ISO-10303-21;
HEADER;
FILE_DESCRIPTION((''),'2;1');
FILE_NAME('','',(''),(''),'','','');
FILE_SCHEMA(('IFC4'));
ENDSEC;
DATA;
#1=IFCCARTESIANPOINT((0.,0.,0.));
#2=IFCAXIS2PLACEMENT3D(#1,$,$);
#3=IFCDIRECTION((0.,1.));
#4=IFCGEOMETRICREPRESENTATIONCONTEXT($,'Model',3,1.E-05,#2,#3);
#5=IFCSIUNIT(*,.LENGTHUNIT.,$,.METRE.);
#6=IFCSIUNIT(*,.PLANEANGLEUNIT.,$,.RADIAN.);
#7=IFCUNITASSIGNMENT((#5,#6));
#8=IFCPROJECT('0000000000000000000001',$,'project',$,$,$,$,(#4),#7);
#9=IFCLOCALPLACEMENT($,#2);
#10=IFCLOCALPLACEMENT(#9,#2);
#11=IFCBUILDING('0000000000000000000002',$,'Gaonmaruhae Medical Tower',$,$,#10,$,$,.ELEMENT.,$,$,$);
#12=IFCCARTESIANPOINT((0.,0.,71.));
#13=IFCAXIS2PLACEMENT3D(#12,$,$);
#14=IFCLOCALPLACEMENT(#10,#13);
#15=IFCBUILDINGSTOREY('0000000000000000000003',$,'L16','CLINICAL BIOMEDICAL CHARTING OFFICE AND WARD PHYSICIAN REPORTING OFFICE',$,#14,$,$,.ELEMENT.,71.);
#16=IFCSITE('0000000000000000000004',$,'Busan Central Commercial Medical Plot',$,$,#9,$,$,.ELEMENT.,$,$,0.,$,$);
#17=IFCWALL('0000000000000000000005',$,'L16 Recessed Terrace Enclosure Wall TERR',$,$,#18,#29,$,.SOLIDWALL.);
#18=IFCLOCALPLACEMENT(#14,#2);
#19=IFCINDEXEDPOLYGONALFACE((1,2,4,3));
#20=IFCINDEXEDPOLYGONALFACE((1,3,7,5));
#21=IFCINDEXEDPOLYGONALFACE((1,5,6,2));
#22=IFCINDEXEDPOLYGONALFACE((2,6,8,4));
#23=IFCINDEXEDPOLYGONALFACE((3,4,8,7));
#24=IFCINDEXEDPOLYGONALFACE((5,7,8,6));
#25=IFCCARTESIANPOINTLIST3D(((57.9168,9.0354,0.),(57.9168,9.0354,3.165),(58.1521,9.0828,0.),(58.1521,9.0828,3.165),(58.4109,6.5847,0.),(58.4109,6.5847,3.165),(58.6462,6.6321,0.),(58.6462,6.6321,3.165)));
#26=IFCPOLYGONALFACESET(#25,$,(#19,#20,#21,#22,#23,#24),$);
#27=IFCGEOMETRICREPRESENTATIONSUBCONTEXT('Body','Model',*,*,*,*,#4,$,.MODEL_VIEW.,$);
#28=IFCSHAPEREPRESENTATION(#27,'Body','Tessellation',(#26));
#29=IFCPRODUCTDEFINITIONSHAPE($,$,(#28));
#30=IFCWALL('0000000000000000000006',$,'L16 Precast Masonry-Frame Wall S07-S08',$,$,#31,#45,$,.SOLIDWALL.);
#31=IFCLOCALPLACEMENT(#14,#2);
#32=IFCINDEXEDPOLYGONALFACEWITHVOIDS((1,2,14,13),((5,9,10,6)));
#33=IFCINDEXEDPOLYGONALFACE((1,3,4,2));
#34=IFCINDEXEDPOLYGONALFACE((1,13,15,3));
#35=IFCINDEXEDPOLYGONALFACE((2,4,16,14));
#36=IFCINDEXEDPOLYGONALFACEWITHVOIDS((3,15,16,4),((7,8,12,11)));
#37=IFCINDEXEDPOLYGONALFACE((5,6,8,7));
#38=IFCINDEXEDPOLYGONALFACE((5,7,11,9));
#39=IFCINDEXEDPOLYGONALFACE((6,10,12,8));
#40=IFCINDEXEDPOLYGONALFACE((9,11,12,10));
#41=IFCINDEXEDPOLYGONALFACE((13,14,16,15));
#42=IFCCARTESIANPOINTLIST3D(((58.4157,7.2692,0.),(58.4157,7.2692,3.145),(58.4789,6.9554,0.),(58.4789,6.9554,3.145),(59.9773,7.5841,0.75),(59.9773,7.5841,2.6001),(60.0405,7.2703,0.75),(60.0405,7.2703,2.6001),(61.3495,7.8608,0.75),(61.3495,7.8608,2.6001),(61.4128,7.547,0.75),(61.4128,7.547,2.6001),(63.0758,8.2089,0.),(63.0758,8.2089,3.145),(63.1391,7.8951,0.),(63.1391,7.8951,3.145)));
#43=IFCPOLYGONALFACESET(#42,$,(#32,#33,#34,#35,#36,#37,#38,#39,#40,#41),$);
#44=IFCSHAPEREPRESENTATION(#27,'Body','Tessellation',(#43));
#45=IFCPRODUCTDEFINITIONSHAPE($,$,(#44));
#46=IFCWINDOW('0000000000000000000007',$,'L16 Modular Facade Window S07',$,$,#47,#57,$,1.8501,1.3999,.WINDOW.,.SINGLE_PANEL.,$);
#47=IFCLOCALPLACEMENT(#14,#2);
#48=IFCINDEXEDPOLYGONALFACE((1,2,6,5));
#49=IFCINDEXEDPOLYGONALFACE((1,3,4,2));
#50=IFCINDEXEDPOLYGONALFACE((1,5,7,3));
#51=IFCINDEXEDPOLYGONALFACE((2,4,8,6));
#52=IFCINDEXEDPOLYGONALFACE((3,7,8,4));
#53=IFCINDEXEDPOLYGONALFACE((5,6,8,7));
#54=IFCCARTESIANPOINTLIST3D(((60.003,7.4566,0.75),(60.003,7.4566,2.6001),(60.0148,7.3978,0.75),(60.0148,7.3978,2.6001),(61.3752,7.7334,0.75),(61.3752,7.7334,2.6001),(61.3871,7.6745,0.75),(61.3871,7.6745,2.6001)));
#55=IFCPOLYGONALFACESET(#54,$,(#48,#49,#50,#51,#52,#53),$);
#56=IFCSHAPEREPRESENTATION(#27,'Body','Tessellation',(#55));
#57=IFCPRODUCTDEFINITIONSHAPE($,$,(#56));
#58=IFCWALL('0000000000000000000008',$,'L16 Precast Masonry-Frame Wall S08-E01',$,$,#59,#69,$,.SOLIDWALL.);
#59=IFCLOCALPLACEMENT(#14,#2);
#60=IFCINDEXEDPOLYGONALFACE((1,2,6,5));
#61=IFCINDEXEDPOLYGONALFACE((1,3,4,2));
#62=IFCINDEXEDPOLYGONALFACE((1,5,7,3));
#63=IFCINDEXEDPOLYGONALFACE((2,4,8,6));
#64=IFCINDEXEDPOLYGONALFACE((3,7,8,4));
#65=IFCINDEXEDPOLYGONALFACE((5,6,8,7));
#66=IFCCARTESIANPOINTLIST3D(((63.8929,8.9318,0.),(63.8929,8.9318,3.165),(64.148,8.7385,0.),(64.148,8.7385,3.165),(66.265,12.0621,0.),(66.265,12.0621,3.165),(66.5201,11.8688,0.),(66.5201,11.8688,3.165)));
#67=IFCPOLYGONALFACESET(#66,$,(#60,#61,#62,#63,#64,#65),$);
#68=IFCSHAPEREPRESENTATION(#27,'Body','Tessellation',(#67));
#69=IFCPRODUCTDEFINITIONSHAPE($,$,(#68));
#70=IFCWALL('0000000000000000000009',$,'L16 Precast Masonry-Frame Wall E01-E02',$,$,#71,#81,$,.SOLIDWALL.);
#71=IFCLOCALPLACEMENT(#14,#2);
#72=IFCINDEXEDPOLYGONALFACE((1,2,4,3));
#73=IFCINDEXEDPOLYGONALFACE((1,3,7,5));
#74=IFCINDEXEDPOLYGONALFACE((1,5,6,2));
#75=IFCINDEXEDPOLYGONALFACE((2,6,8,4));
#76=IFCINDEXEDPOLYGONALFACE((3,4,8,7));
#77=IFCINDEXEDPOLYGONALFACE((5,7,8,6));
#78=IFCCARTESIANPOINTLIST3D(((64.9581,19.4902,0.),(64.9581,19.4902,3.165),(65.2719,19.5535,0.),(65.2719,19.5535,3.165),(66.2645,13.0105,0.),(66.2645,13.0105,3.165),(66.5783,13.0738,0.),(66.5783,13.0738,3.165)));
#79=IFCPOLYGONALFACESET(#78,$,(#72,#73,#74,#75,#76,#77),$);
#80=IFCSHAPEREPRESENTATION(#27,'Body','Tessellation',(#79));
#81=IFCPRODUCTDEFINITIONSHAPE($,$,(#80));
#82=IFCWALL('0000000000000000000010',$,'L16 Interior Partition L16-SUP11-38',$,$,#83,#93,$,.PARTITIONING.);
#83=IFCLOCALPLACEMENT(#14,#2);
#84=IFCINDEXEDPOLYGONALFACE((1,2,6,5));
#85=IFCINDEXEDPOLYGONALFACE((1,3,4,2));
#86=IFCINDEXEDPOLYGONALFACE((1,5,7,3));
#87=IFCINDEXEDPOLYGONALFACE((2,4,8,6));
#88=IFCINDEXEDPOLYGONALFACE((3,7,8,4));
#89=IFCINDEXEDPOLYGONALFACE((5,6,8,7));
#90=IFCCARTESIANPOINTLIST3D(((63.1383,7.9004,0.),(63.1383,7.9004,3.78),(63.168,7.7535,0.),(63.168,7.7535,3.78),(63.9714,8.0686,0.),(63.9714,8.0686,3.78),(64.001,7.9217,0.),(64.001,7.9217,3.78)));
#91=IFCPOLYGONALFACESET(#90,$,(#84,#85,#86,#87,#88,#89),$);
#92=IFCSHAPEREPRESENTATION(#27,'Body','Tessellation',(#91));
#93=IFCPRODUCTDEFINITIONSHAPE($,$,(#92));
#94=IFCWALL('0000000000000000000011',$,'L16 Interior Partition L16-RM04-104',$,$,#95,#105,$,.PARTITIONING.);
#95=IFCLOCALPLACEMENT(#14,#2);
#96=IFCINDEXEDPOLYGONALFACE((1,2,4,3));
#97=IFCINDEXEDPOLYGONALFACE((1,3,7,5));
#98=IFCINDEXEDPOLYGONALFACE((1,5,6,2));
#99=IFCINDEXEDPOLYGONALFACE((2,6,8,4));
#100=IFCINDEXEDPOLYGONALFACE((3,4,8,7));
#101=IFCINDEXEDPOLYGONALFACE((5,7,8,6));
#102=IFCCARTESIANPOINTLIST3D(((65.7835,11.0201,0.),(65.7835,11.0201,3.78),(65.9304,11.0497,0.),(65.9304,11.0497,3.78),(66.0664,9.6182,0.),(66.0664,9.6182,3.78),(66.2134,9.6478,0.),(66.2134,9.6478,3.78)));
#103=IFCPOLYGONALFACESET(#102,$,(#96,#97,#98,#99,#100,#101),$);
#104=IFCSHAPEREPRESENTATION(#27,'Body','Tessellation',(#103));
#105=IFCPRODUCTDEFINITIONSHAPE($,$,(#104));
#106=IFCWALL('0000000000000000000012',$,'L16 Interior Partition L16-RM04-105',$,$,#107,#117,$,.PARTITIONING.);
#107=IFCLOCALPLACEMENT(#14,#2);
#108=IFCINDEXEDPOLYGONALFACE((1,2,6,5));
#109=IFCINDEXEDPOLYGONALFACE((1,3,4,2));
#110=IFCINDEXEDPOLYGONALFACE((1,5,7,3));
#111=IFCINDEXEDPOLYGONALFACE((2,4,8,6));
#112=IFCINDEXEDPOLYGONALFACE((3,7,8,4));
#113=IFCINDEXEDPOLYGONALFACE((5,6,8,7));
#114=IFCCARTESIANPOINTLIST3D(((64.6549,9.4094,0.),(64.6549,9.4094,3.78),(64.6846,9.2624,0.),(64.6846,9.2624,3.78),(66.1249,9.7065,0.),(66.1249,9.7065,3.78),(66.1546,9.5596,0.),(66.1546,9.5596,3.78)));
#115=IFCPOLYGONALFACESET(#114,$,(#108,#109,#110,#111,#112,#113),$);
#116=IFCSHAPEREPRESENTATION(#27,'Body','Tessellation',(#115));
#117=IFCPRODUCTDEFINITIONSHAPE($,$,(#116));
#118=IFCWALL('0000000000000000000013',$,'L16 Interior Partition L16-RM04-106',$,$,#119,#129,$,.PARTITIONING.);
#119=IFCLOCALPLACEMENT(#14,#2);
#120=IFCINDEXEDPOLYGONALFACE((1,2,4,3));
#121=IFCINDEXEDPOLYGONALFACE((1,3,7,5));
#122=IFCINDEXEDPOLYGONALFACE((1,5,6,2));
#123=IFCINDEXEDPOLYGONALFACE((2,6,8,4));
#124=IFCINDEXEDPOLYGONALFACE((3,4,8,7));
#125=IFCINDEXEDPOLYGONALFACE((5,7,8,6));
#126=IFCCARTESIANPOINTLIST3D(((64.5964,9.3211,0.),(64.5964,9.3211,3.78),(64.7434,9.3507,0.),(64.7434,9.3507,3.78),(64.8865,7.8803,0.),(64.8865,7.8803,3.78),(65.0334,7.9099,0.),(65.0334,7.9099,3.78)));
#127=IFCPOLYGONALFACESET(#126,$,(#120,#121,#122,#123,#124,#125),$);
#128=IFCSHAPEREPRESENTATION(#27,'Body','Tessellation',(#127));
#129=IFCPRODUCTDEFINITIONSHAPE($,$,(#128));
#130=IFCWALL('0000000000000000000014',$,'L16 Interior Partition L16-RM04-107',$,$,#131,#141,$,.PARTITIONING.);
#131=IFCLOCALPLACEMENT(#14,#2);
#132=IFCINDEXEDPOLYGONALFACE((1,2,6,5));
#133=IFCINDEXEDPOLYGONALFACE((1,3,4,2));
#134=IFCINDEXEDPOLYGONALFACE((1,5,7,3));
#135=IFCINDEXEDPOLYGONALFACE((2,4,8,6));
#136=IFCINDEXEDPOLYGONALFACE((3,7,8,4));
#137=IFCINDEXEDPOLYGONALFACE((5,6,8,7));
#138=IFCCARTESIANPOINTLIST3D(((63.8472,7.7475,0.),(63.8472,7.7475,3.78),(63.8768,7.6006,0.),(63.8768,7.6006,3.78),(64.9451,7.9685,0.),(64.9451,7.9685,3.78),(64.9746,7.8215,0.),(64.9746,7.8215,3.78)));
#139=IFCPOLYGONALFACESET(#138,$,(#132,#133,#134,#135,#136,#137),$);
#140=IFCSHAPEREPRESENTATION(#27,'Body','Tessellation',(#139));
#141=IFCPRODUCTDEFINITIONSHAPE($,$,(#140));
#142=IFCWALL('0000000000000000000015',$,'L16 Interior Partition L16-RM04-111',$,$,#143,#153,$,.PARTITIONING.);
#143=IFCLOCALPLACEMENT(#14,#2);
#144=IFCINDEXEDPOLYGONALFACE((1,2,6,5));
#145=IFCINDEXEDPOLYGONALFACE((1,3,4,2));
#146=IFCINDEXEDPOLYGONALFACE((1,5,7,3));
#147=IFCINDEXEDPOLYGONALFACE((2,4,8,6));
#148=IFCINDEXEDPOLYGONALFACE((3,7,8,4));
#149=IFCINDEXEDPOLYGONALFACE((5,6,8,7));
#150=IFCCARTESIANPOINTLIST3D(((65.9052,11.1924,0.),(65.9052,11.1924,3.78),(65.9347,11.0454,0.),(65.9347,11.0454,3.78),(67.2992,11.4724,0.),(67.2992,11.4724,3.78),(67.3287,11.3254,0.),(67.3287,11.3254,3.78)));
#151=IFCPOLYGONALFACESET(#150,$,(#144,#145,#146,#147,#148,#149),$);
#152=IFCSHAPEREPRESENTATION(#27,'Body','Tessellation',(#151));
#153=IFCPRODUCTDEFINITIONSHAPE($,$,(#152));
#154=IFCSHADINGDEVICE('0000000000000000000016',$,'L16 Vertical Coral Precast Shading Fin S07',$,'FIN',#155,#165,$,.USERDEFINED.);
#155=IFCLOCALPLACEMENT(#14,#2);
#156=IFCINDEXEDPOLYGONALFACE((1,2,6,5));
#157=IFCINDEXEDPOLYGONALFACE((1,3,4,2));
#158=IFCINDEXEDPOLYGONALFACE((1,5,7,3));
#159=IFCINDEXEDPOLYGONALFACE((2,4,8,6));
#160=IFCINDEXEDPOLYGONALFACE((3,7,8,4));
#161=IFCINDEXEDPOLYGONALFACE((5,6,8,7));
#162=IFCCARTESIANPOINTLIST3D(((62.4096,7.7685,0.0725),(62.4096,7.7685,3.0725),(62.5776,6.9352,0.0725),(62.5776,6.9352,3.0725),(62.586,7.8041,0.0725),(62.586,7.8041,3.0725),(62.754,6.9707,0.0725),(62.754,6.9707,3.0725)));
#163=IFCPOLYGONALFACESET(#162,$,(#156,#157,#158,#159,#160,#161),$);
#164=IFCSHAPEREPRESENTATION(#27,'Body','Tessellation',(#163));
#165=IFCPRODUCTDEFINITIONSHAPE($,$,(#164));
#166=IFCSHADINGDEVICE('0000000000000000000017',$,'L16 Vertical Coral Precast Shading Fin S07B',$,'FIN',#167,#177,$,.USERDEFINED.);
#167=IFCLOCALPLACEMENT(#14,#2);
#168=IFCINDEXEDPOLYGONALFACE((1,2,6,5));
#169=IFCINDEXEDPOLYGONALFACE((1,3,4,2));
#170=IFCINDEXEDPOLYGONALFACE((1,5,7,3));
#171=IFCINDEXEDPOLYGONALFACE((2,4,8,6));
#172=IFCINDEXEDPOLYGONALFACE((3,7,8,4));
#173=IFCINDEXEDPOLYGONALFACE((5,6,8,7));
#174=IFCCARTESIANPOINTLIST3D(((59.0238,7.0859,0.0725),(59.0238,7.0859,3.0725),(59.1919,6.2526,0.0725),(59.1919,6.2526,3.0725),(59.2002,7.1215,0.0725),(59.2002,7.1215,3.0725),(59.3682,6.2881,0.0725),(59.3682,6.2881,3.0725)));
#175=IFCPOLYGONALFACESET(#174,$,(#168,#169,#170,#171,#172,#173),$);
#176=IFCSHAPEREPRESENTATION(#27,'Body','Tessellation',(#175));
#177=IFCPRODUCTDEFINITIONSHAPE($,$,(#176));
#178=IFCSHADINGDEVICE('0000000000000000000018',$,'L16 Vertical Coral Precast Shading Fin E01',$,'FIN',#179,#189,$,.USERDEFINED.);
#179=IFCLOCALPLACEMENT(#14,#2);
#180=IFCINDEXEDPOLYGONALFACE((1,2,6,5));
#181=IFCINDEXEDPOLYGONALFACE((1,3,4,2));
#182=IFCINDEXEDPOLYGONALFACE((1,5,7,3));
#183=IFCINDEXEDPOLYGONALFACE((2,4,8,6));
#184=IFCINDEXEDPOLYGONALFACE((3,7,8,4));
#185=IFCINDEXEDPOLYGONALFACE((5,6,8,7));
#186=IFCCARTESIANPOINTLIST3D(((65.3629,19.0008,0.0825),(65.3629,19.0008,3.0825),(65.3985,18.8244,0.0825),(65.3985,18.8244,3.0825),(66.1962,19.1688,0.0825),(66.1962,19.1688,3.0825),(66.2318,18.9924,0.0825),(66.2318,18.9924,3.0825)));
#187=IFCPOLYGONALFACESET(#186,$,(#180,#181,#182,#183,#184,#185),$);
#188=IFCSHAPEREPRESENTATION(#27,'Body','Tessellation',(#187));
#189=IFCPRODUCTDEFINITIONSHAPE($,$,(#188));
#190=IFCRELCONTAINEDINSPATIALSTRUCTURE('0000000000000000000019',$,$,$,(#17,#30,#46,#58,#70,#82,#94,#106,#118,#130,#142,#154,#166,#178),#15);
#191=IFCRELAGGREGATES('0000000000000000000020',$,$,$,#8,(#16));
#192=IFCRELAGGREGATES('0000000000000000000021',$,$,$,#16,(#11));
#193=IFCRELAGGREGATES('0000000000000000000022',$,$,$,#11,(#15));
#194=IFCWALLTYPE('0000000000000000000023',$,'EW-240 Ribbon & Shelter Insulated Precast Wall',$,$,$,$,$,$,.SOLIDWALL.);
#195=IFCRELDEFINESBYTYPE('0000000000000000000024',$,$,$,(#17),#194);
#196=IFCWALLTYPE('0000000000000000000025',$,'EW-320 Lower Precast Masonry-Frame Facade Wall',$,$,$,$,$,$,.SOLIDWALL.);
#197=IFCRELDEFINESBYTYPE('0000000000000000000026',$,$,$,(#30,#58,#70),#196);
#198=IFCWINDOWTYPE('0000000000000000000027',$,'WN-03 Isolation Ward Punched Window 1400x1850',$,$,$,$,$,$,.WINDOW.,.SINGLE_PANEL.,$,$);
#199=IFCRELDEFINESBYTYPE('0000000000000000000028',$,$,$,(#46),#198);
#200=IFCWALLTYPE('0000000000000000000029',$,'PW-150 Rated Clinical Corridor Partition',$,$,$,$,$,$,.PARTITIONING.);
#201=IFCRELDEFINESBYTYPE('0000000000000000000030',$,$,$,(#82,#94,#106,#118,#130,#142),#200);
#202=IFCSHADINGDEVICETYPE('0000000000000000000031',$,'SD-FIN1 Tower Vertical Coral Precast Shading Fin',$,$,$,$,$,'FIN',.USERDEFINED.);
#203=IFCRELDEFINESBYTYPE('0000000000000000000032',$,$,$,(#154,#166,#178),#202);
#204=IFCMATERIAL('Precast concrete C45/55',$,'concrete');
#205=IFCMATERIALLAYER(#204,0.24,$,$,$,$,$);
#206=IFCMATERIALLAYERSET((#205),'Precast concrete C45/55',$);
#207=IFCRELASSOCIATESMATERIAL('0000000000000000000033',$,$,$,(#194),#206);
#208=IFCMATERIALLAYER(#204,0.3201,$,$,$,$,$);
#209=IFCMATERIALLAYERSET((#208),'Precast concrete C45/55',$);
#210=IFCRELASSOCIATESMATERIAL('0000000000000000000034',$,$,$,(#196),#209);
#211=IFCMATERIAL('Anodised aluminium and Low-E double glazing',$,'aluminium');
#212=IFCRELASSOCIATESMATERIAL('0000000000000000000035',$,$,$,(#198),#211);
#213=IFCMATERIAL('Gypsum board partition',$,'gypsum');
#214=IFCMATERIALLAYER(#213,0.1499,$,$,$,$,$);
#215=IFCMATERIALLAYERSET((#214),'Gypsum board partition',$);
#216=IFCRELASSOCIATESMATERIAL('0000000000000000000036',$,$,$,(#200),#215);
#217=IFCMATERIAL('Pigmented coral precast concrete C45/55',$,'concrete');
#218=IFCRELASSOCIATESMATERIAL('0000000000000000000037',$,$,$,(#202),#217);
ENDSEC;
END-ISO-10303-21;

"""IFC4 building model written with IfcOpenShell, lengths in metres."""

from ifc_helpers import new_model, si_unit, direction, frame, frame_2d, origin, origin_2d, place, context, subcontext, project, spatial, rectangle, extrude, material, layer, layer_set, type_object, element, fill, save


model = new_model("IFC4")

# Units and contexts
model_context = context("Model", 3, precision=1e-05, world=origin(), true_north=direction((0.0, 1.0)))
body_context = subcontext(model_context, "Body", "Model", "MODEL_VIEW")
ifc_project = project(units=[si_unit("LENGTHUNIT", "METRE"), si_unit("PLANEANGLEUNIT", "RADIAN")], contexts=[model_context])

# Site, building, storey
site_placement = place(None, origin())
site = spatial("IfcSite", under=ifc_project, at=site_placement, Name="Busan Central Commercial Medical Plot", CompositionType="ELEMENT", RefElevation=0.0)
building_placement = place(site_placement, origin())
building = spatial("IfcBuilding", under=site, at=building_placement, Name="Gaonmaruhae Medical Tower", CompositionType="ELEMENT")
storey_placement = place(building_placement, frame((0.0, 0.0, 71.0)))
storey = spatial("IfcBuildingStorey", under=building, at=storey_placement, Name="L16", Description="CLINICAL BIOMEDICAL CHARTING OFFICE AND WARD PHYSICIAN REPORTING OFFICE", CompositionType="ELEMENT", Elevation=71.0)

# Shared definitions
ifc_material_1 = material(Name="Precast concrete C45/55", Category="concrete")
ifc_layer_1 = layer(ifc_material_1, 0.24)
ifc_layer_set_1 = layer_set([ifc_layer_1], Name="Precast concrete C45/55")
wall_type_1 = type_object("IfcWallType", Name="EW-240 Ribbon & Shelter Insulated Precast Wall", PredefinedType="SOLIDWALL", material=ifc_layer_set_1)

# Wall
wall_1_placement = place(storey_placement, frame((58.5286, 6.6084, 0.0), z_axis=(0.0, 0.0, 1.0), x_axis=(-0.197656, 0.980271, 0.0)))
element("IfcWall", 1, at=wall_1_placement, inside=storey, type_object=wall_type_1, Name="L16 Recessed Terrace Enclosure Wall TERR", PredefinedType="SOLIDWALL", context=body_context, shape_type="SweptSolid", body=[
    extrude(rectangle(XDim=2.5, YDim=0.24, at=frame_2d((1.25, 0.0))), origin(), (0.0, 0.0, 1.0), 3.165),
])

# Wall, opening, window
ifc_layer_2 = layer(ifc_material_1, 0.3201)
ifc_layer_set_2 = layer_set([ifc_layer_2], Name="Precast concrete C45/55")
wall_type_2 = type_object("IfcWallType", Name="EW-320 Lower Precast Masonry-Frame Facade Wall", PredefinedType="SOLIDWALL", material=ifc_layer_set_2)
wall_2_placement = place(storey_placement, frame((63.1074, 8.052, 0.0), z_axis=(0.0, 0.0, 1.0), x_axis=(-0.980269, -0.197666, 0.0)))
wall_2 = element("IfcWall", 2, at=wall_2_placement, inside=storey, type_object=wall_type_2, Name="L16 Precast Masonry-Frame Wall S07-S08", PredefinedType="SOLIDWALL", context=body_context, shape_type="SweptSolid", body=[
    extrude(rectangle(XDim=4.7539, YDim=0.3201, at=frame_2d((2.377, 0.0))), origin(), (0.0, 0.0, 1.0), 3.145),
])
opening_1_placement = place(wall_2_placement, frame((1.761, 0.0, 0.75)))
opening_1 = element("IfcOpeningElement", 3, at=opening_1_placement, cuts=wall_2, PredefinedType="OPENING", context=body_context, shape_type="SweptSolid", body=[
    extrude(rectangle(XDim=1.3999, YDim=1.8501, at=frame_2d((0.7, 0.925))), frame((0.0, 0.1699, 0.0), z_axis=(0.0, -1.0, 0.0), x_axis=(1.0, 0.0, 0.0)), (0.0, 0.0, 1.0), 0.3401),
])
ifc_material_2 = material(Name="Anodised aluminium and Low-E double glazing", Category="aluminium")
window_type = type_object("IfcWindowType", Name="WN-03 Isolation Ward Punched Window 1400x1850", PartitioningType="SINGLE_PANEL", PredefinedType="WINDOW", material=ifc_material_2)
window_placement = place(opening_1_placement, origin())
window = element("IfcWindow", 4, at=window_placement, inside=storey, type_object=window_type, Name="L16 Modular Facade Window S07", OverallHeight=1.8501, OverallWidth=1.3999, PartitioningType="SINGLE_PANEL", PredefinedType="WINDOW", context=body_context, shape_type="SweptSolid", body=[
    extrude(rectangle(XDim=1.3999, YDim=1.8501, at=frame_2d((0.7, 0.925))), frame((0.0, 0.03, 0.0), z_axis=(0.0, -1.0, 0.0), x_axis=(1.0, 0.0, 0.0)), (0.0, 0.0, 1.0), 0.0601),
])
fill(opening_1, window)

# Walls
wall_3_placement = place(storey_placement, frame((66.3926, 11.9656, 0.0), z_axis=(0.0, 0.0, 1.0), x_axis=(-0.603951, -0.797021, 0.0)))
element("IfcWall", 5, at=wall_3_placement, inside=storey, type_object=wall_type_2, Name="L16 Precast Masonry-Frame Wall S08-E01", PredefinedType="SOLIDWALL", context=body_context, shape_type="SweptSolid", body=[
    extrude(rectangle(XDim=3.9275, YDim=0.3201, at=frame_2d((1.9639, 0.0))), origin(), (0.0, 0.0, 1.0), 3.165),
])
wall_4_placement = place(storey_placement, frame((65.115, 19.522, 0.0), z_axis=(0.0, 0.0, 1.0), x_axis=(0.197636, -0.980275, 0.0)))
element("IfcWall", 6, at=wall_4_placement, inside=storey, type_object=wall_type_2, Name="L16 Precast Masonry-Frame Wall E01-E02", PredefinedType="SOLIDWALL", context=body_context, shape_type="SweptSolid", body=[
    extrude(rectangle(XDim=6.6101, YDim=0.3201, at=frame_2d((3.3052, 0.0))), origin(), (0.0, 0.0, 1.0), 3.165),
])
ifc_material_3 = material(Name="Gypsum board partition", Category="gypsum")
ifc_layer_3 = layer(ifc_material_3, 0.1499)
ifc_layer_set_3 = layer_set([ifc_layer_3], Name="Gypsum board partition")
wall_type_3 = type_object("IfcWallType", Name="PW-150 Rated Clinical Corridor Partition", PredefinedType="PARTITIONING", material=ifc_layer_set_3)
wall_5_placement = place(storey_placement, frame((63.9861, 7.9951, 0.0), z_axis=(0.0, 0.0, 1.0), x_axis=(-0.980214, -0.197939, 0.0)))
element("IfcWall", 7, at=wall_5_placement, inside=storey, type_object=wall_type_3, Name="L16 Interior Partition L16-SUP11-38", PredefinedType="PARTITIONING", context=body_context, shape_type="SweptSolid", body=[
    extrude(rectangle(XDim=0.8499, YDim=0.1499, at=frame_2d((0.4248, 0.0))), origin(), (0.0, 0.0, 1.0), 3.78),
])
wall_6_placement = place(storey_placement, frame((65.8569, 11.0349, 0.0), z_axis=(0.0, 0.0, 1.0), x_axis=(0.197856, -0.980231, 0.0)))
element("IfcWall", 8, at=wall_6_placement, inside=storey, type_object=wall_type_3, Name="L16 Interior Partition L16-RM04-104", PredefinedType="PARTITIONING", context=body_context, shape_type="SweptSolid", body=[
    extrude(rectangle(XDim=1.4302, YDim=0.1499, at=frame_2d((0.7151, 0.0))), origin(), (0.0, 0.0, 1.0), 3.78),
])
wall_7_placement = place(storey_placement, frame((66.1399, 9.6331, 0.0), z_axis=(0.0, 0.0, 1.0), x_axis=(-0.980178, -0.198119, 0.0)))
element("IfcWall", 9, at=wall_7_placement, inside=storey, type_object=wall_type_3, Name="L16 Interior Partition L16-RM04-105", PredefinedType="PARTITIONING", context=body_context, shape_type="SweptSolid", body=[
    extrude(rectangle(XDim=1.4998, YDim=0.1499, at=frame_2d((0.75, 0.0))), origin(), (0.0, 0.0, 1.0), 3.78),
])
wall_8_placement = place(storey_placement, frame((64.6699, 9.3359, 0.0), z_axis=(0.0, 0.0, 1.0), x_axis=(0.19733, -0.980337, 0.0)))
element("IfcWall", 10, at=wall_8_placement, inside=storey, type_object=wall_type_3, Name="L16 Interior Partition L16-RM04-106", PredefinedType="PARTITIONING", context=body_context, shape_type="SweptSolid", body=[
    extrude(rectangle(XDim=1.4697, YDim=0.1499, at=frame_2d((0.7349, 0.0))), origin(), (0.0, 0.0, 1.0), 3.78),
])
wall_9_placement = place(storey_placement, frame((64.96, 7.895, 0.0), z_axis=(0.0, 0.0, 1.0), x_axis=(-0.980345, -0.19729, 0.0)))
element("IfcWall", 11, at=wall_9_placement, inside=storey, type_object=wall_type_3, Name="L16 Interior Partition L16-RM04-107", PredefinedType="PARTITIONING", context=body_context, shape_type="SweptSolid", body=[
    extrude(rectangle(XDim=1.1199, YDim=0.1499, at=frame_2d((0.5601, 0.0))), origin(), (0.0, 0.0, 1.0), 3.78),
])
wall_10_placement = place(storey_placement, frame((67.314, 11.3989, 0.0), z_axis=(0.0, 0.0, 1.0), x_axis=(-0.980415, -0.196942, 0.0)))
element("IfcWall", 12, at=wall_10_placement, inside=storey, type_object=wall_type_3, Name="L16 Interior Partition L16-RM04-111", PredefinedType="PARTITIONING", context=body_context, shape_type="SweptSolid", body=[
    extrude(rectangle(XDim=1.4219, YDim=0.1499, at=frame_2d((0.7109, 0.0))), origin(), (0.0, 0.0, 1.0), 3.78),
])

# Shading devices
ifc_material_4 = material(Name="Pigmented coral precast concrete C45/55", Category="concrete")
shading_device_type = type_object("IfcShadingDeviceType", Name="SD-FIN1 Tower Vertical Coral Precast Shading Fin", ElementType="FIN", PredefinedType="USERDEFINED", material=ifc_material_4)
for number, where, z_axis, x_axis, name in (
    (13, (62.5818, 7.3696, 0.0725), (0.0, 0.0, 1.0), (-0.980271, -0.197657, 0.0), "L16 Vertical Coral Precast Shading Fin S07"),
    (14, (59.196, 6.687, 0.0725), (0.0, 0.0, 1.0), (-0.980271, -0.197657, 0.0), "L16 Vertical Coral Precast Shading Fin S07B"),
    (15, (65.7974, 18.9966, 0.0825), (0.0, 0.0, 1.0), (0.197657, -0.980271, 0.0), "L16 Vertical Coral Precast Shading Fin E01"),
):
    element("IfcShadingDevice", number, at=place(storey_placement, frame(where, z_axis=z_axis, x_axis=x_axis)), inside=storey, type_object=shading_device_type, Name=name, ObjectType="FIN", PredefinedType="USERDEFINED", context=body_context, shape_type="SweptSolid", body=[
        extrude(rectangle(XDim=0.1799, YDim=0.8501, at=origin_2d()), origin(), (0.0, 0.0, 1.0), 3.0),
    ])

save(model, "model.ifc")
